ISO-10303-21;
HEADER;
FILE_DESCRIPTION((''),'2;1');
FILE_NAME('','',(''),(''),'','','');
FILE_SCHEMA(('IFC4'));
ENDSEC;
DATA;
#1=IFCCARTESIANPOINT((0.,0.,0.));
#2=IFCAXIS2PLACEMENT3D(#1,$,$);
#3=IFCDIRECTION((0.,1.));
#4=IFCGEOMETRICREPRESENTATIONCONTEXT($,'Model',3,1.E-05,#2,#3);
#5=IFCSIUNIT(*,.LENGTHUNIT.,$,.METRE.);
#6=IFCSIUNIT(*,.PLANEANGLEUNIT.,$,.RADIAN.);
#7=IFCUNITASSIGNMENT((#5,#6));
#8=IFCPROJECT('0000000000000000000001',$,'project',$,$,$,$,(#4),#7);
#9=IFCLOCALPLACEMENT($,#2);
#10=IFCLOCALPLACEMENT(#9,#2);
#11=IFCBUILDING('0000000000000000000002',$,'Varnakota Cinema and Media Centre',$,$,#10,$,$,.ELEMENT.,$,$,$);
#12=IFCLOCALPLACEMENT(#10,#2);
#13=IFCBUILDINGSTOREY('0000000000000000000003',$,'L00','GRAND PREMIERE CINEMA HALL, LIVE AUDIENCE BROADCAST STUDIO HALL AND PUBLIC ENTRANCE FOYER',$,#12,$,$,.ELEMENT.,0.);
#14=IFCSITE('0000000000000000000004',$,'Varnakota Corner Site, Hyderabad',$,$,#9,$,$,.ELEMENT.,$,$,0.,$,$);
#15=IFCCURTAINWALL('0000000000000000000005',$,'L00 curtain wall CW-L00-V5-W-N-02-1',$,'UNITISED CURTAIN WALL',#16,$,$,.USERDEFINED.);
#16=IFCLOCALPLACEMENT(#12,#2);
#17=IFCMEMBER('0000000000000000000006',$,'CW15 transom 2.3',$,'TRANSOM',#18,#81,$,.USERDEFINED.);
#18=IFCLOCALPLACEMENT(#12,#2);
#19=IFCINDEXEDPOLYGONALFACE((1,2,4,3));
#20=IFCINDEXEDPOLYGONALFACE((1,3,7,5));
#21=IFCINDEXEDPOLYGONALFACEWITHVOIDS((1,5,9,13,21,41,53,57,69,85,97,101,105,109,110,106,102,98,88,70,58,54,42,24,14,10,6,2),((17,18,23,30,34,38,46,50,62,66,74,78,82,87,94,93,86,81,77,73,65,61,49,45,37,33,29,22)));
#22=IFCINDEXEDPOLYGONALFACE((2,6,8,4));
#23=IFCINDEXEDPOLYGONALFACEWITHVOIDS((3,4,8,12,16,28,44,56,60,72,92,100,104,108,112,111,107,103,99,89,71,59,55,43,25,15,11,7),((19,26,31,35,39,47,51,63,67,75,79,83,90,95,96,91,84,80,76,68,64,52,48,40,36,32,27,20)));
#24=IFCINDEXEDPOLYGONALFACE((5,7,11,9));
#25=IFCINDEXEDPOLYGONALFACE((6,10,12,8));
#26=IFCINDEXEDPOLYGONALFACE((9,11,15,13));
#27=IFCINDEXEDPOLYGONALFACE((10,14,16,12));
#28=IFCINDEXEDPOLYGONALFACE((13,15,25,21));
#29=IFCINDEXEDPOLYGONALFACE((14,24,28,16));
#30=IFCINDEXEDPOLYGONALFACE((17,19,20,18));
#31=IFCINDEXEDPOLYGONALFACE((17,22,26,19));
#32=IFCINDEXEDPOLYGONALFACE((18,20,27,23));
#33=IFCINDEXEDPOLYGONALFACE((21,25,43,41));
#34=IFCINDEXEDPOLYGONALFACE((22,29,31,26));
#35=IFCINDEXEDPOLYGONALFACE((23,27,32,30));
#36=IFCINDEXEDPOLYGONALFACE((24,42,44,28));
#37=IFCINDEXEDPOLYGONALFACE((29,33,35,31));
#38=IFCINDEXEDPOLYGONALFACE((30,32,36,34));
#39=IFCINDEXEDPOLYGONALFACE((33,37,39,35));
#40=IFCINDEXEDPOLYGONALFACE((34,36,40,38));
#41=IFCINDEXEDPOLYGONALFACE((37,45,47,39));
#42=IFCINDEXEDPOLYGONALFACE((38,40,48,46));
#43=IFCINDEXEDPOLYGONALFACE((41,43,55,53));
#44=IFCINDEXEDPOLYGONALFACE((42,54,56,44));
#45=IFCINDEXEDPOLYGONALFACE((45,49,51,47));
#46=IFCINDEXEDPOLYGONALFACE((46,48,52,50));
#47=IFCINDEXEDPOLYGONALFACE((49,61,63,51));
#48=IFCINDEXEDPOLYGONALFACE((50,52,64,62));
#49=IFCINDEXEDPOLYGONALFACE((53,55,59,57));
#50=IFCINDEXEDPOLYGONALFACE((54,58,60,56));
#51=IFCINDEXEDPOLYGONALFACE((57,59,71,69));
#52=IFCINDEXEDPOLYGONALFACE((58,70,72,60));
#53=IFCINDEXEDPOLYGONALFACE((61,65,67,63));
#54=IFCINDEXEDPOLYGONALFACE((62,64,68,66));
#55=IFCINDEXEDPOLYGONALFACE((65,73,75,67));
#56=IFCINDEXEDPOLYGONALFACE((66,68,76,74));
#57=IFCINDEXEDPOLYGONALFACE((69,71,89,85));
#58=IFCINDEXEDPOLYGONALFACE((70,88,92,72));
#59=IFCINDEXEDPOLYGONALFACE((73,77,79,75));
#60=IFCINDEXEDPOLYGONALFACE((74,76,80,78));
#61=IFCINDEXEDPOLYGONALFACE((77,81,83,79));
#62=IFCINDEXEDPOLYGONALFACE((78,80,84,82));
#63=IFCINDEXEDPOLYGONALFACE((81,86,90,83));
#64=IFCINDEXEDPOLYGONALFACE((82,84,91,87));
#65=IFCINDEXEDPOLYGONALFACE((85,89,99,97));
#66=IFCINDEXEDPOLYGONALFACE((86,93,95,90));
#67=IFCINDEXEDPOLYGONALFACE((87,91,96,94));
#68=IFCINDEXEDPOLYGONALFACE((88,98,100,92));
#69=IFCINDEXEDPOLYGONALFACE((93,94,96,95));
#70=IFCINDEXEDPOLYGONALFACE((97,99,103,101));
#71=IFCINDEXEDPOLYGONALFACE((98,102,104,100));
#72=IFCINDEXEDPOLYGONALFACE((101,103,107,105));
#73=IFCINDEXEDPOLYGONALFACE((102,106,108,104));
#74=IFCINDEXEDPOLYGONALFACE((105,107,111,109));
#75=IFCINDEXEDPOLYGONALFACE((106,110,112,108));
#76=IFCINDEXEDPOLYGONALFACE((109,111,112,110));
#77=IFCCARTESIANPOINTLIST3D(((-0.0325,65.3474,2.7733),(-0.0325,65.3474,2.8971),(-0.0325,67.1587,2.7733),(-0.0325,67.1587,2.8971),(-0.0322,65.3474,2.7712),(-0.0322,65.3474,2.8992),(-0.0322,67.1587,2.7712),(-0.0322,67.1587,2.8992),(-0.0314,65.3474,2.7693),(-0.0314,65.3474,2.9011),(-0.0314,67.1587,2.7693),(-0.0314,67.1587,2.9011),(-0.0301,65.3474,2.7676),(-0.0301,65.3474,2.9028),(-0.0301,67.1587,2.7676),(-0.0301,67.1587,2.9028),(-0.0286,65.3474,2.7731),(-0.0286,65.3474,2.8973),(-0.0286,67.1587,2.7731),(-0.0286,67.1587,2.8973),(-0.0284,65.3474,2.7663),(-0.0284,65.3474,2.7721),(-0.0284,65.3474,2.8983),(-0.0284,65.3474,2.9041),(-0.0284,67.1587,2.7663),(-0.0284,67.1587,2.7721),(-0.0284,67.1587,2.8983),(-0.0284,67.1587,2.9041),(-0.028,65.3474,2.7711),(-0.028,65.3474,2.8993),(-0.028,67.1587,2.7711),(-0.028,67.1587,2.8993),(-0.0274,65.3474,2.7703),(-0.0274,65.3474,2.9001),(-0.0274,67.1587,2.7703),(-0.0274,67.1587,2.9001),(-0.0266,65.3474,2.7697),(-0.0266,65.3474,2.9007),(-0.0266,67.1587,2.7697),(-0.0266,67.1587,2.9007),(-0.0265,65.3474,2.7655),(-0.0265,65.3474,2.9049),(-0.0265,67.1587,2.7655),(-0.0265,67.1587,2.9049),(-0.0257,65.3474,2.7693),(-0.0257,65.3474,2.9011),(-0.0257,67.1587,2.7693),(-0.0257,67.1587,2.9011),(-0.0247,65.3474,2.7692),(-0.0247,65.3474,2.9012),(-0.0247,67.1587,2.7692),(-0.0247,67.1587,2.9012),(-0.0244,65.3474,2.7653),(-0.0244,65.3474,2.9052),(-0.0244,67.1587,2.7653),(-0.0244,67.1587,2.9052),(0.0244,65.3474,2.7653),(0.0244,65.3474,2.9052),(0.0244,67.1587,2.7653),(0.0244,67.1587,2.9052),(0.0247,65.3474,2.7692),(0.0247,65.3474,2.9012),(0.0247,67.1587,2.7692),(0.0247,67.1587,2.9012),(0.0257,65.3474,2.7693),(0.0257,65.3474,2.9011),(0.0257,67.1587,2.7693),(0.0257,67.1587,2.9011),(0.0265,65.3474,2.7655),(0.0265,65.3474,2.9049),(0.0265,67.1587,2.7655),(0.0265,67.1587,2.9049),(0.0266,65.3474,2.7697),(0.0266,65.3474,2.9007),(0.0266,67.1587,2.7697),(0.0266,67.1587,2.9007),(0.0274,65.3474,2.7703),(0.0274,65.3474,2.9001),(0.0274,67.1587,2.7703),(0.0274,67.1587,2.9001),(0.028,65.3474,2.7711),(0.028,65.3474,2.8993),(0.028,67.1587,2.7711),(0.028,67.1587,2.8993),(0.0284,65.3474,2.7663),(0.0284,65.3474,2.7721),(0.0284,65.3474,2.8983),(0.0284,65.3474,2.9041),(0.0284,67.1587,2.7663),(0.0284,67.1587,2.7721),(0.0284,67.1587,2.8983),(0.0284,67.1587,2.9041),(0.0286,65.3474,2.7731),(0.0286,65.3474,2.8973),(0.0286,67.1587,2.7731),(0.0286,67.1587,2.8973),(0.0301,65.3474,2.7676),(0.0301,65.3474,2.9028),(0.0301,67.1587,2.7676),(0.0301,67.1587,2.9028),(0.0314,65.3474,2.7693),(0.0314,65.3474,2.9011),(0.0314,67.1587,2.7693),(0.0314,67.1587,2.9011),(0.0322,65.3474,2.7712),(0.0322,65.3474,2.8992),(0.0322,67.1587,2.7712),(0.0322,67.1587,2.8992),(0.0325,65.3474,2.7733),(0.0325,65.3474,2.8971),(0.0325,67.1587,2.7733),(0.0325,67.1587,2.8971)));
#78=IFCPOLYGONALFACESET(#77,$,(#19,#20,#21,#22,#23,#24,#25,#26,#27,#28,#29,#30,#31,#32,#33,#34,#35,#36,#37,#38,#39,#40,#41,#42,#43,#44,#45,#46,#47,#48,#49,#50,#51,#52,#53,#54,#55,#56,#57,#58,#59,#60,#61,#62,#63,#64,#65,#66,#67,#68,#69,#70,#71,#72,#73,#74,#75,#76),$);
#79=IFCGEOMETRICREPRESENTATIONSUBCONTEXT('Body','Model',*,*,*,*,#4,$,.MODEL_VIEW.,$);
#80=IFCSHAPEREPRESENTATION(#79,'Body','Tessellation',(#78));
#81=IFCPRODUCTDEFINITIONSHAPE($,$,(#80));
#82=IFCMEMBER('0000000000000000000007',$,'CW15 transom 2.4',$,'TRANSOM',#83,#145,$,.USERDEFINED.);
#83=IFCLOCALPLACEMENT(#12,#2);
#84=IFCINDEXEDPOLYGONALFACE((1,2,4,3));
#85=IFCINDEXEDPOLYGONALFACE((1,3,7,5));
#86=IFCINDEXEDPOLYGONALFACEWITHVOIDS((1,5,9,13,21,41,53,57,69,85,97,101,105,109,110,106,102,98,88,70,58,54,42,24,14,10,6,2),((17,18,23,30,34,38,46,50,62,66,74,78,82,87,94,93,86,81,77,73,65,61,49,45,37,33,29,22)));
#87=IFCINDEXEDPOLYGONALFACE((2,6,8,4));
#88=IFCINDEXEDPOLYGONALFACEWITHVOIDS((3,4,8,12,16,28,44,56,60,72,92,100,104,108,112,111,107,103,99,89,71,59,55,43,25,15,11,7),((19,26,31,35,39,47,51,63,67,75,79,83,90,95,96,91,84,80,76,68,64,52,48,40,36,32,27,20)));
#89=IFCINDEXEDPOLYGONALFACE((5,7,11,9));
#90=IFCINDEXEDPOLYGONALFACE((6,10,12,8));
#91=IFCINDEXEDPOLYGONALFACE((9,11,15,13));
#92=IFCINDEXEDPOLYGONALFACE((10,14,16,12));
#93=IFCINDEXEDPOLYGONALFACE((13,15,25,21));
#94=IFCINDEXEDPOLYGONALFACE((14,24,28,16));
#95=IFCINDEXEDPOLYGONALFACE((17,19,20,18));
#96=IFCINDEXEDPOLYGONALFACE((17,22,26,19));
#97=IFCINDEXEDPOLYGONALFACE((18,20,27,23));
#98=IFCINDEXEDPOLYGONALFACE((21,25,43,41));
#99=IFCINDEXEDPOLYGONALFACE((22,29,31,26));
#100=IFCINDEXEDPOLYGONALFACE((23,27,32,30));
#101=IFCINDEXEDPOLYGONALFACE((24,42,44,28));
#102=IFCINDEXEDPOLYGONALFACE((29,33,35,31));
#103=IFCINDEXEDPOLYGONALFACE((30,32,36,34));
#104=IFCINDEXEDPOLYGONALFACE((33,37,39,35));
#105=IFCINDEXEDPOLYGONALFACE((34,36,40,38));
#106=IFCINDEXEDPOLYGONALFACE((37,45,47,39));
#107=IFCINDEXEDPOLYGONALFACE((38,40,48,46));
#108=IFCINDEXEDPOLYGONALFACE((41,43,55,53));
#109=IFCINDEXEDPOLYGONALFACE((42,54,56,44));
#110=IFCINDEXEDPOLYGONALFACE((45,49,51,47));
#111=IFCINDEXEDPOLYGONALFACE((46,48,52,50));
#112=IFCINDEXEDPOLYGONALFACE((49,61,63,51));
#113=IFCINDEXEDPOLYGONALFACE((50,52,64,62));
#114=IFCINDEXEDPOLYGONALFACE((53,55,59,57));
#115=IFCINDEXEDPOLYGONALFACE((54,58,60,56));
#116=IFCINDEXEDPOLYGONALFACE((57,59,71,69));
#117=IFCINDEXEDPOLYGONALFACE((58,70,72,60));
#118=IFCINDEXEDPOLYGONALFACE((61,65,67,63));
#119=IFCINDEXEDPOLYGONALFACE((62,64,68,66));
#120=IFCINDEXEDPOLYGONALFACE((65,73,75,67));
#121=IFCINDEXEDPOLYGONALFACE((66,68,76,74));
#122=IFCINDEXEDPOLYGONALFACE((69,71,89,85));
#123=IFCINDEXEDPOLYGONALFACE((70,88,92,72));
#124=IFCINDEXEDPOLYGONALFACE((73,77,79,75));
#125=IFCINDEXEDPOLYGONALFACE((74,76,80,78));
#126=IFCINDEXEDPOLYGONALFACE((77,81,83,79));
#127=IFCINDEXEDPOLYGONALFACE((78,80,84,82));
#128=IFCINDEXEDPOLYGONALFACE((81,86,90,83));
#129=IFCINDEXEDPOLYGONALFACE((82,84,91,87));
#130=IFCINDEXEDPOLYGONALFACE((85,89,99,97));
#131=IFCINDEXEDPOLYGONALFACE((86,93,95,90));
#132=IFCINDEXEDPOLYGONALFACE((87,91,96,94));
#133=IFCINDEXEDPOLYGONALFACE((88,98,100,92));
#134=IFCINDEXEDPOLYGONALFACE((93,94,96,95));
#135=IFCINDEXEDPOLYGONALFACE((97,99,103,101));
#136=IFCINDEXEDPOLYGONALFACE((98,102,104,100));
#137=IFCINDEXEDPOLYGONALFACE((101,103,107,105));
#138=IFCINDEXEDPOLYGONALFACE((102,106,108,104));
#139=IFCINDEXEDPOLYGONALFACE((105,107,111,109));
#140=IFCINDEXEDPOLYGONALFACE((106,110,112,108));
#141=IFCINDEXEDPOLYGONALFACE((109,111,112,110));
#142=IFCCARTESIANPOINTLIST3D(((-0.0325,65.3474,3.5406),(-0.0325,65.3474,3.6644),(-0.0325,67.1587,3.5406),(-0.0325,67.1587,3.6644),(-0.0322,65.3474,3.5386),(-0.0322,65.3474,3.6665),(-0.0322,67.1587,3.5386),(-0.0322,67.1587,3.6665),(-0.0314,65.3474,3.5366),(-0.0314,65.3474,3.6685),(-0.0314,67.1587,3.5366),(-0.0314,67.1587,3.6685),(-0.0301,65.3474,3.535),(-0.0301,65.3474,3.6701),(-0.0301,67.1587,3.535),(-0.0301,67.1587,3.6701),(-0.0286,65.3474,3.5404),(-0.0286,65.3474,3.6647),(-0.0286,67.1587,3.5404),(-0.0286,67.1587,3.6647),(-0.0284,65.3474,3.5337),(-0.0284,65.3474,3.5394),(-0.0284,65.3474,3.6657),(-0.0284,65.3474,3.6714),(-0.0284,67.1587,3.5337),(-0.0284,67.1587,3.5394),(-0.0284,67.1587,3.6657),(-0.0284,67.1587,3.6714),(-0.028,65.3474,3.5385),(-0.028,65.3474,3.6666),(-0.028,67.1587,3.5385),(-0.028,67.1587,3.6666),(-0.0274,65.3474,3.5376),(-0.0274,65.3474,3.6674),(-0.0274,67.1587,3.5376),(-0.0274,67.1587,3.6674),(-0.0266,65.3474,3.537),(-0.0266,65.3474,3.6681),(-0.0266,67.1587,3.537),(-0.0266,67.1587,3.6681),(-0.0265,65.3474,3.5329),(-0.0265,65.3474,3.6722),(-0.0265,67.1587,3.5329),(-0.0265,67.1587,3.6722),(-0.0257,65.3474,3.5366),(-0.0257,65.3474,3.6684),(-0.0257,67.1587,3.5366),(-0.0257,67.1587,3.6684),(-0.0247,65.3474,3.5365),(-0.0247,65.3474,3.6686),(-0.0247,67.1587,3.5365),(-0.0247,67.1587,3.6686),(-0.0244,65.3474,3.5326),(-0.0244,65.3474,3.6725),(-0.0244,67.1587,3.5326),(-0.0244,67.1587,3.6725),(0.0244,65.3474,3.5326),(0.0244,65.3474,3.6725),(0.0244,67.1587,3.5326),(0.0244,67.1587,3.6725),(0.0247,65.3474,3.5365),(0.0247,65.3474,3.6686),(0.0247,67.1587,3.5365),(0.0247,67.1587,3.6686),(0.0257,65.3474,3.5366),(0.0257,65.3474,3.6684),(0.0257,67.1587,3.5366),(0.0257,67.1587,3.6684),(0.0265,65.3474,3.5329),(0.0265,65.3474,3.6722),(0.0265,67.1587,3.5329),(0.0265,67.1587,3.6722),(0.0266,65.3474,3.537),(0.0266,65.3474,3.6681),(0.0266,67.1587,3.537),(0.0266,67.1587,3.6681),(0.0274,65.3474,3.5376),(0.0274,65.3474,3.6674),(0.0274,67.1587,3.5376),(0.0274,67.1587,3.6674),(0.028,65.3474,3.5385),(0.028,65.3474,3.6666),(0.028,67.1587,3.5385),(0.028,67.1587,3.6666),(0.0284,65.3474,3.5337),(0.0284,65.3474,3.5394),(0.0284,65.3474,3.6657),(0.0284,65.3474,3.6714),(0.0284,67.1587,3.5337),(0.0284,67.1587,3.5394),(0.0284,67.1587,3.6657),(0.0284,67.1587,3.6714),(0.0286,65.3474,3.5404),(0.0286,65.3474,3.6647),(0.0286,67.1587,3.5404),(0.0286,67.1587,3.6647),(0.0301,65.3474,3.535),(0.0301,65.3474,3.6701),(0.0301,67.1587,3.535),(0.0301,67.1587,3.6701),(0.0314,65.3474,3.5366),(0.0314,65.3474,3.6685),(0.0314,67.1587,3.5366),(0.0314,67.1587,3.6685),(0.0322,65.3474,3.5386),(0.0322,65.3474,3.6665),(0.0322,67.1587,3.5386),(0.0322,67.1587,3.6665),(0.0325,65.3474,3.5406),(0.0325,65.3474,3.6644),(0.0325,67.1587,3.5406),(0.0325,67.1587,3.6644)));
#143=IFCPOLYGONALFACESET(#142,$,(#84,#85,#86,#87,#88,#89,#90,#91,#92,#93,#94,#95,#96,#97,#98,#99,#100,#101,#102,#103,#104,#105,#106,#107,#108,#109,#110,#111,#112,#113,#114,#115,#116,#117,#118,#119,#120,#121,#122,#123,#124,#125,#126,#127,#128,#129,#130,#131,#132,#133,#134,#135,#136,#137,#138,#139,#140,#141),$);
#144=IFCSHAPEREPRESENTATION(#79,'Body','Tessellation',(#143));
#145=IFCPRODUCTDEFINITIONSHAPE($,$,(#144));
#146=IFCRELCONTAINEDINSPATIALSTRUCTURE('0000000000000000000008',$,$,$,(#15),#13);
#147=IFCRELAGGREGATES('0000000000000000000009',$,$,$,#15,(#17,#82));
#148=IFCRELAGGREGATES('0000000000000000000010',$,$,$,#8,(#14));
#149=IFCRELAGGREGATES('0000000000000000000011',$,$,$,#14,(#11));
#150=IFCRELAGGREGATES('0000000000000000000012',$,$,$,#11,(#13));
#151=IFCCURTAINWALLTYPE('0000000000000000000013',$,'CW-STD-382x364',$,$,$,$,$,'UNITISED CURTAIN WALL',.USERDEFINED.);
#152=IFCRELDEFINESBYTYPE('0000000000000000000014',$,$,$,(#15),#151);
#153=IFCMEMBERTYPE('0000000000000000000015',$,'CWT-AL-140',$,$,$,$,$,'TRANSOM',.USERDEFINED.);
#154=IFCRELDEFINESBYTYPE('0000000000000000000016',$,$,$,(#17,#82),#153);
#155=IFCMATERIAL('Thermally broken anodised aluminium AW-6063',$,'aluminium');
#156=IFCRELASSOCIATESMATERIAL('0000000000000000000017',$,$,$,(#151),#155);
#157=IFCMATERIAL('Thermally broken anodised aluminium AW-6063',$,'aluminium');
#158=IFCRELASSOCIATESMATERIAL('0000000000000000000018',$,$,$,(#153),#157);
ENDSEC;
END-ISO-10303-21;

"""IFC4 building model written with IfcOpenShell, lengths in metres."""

from ifc_helpers import new_model, si_unit, direction, frame, origin, origin_2d, place, context, subcontext, project, spatial, hollow_rectangle, extrude, material, material_profile, profile_set, type_object, element, aggregate, save


model = new_model("IFC4")

# Units and contexts
model_context = context("Model", 3, precision=1e-05, world=origin(), true_north=direction((0.0, 1.0)))
body_context = subcontext(model_context, "Body", "Model", "MODEL_VIEW")
ifc_project = project(units=[si_unit("LENGTHUNIT", "METRE"), si_unit("PLANEANGLEUNIT", "RADIAN")], contexts=[model_context])

# Site, building, storey
site_placement = place(None, origin())
site = spatial("IfcSite", under=ifc_project, at=site_placement, Name="Varnakota Corner Site, Hyderabad", CompositionType="ELEMENT", RefElevation=0.0)
building_placement = place(site_placement, origin())
building = spatial("IfcBuilding", under=site, at=building_placement, Name="Varnakota Cinema and Media Centre", CompositionType="ELEMENT")
storey_placement = place(building_placement, origin())
storey = spatial("IfcBuildingStorey", under=building, at=storey_placement, Name="L00", Description="GRAND PREMIERE CINEMA HALL, LIVE AUDIENCE BROADCAST STUDIO HALL AND PUBLIC ENTRANCE FOYER", CompositionType="ELEMENT", Elevation=0.0)

# Curtain wall
ifc_material_1 = material(Name="Thermally broken anodised aluminium AW-6063", Category="aluminium")
curtain_wall_type = type_object("IfcCurtainWallType", Name="CW-STD-382x364", ElementType="UNITISED CURTAIN WALL", PredefinedType="USERDEFINED", material=ifc_material_1)
curtain_wall_1_placement = place(storey_placement, origin())
curtain_wall_1 = element("IfcCurtainWall", 1, at=curtain_wall_1_placement, inside=storey, type_object=curtain_wall_type, Name="L00 curtain wall CW-L00-V5-W-N-02-1", ObjectType="UNITISED CURTAIN WALL", PredefinedType="USERDEFINED")

# Members
ifc_material_2 = material(Name="Thermally broken anodised aluminium AW-6063", Category="aluminium")
ifc_material_profile_1 = material_profile(ifc_material_2, hollow_rectangle(XDim=0.0649, YDim=0.1399, WallThickness=0.0039, InnerFilletRadius=0.0039, OuterFilletRadius=0.0081, at=origin_2d()), Name="AL-TRANSOM 140x65x4")
ifc_profile_set_1 = profile_set([ifc_material_profile_1], Name="Thermally broken anodised aluminium AW-6063")
member_type_1 = type_object("IfcMemberType", Name="CWT-AL-140", ElementType="TRANSOM", PredefinedType="USERDEFINED", material=ifc_profile_set_1)
member_1_placement = place(storey_placement, frame((0.0, 67.1587, 2.8352), z_axis=(0.0, -1.0, 0.0), x_axis=(1.0, 0.0, 0.0)))
member_1 = element("IfcMember", 2, at=member_1_placement, type_object=member_type_1, Name="CW15 transom 2.3", ObjectType="TRANSOM", PredefinedType="USERDEFINED", context=body_context, shape_type="SweptSolid", body=[
    extrude(hollow_rectangle(XDim=0.0649, YDim=0.1399, WallThickness=0.0039, InnerFilletRadius=0.0039, OuterFilletRadius=0.0081, at=origin_2d()), origin(), (0.0, 0.0, 1.0), 1.8113),
])
member_2_placement = place(storey_placement, frame((0.0, 67.1587, 3.6025), z_axis=(0.0, -1.0, 0.0), x_axis=(1.0, 0.0, 0.0)))
member_2 = element("IfcMember", 3, at=member_2_placement, type_object=member_type_1, Name="CW15 transom 2.4", ObjectType="TRANSOM", PredefinedType="USERDEFINED", context=body_context, shape_type="SweptSolid", body=[
    extrude(hollow_rectangle(XDim=0.0649, YDim=0.1399, WallThickness=0.0039, InnerFilletRadius=0.0039, OuterFilletRadius=0.0081, at=origin_2d()), origin(), (0.0, 0.0, 1.0), 1.8113),
])

aggregate(curtain_wall_1, [member_1, member_2])

save(model, "model.ifc")
